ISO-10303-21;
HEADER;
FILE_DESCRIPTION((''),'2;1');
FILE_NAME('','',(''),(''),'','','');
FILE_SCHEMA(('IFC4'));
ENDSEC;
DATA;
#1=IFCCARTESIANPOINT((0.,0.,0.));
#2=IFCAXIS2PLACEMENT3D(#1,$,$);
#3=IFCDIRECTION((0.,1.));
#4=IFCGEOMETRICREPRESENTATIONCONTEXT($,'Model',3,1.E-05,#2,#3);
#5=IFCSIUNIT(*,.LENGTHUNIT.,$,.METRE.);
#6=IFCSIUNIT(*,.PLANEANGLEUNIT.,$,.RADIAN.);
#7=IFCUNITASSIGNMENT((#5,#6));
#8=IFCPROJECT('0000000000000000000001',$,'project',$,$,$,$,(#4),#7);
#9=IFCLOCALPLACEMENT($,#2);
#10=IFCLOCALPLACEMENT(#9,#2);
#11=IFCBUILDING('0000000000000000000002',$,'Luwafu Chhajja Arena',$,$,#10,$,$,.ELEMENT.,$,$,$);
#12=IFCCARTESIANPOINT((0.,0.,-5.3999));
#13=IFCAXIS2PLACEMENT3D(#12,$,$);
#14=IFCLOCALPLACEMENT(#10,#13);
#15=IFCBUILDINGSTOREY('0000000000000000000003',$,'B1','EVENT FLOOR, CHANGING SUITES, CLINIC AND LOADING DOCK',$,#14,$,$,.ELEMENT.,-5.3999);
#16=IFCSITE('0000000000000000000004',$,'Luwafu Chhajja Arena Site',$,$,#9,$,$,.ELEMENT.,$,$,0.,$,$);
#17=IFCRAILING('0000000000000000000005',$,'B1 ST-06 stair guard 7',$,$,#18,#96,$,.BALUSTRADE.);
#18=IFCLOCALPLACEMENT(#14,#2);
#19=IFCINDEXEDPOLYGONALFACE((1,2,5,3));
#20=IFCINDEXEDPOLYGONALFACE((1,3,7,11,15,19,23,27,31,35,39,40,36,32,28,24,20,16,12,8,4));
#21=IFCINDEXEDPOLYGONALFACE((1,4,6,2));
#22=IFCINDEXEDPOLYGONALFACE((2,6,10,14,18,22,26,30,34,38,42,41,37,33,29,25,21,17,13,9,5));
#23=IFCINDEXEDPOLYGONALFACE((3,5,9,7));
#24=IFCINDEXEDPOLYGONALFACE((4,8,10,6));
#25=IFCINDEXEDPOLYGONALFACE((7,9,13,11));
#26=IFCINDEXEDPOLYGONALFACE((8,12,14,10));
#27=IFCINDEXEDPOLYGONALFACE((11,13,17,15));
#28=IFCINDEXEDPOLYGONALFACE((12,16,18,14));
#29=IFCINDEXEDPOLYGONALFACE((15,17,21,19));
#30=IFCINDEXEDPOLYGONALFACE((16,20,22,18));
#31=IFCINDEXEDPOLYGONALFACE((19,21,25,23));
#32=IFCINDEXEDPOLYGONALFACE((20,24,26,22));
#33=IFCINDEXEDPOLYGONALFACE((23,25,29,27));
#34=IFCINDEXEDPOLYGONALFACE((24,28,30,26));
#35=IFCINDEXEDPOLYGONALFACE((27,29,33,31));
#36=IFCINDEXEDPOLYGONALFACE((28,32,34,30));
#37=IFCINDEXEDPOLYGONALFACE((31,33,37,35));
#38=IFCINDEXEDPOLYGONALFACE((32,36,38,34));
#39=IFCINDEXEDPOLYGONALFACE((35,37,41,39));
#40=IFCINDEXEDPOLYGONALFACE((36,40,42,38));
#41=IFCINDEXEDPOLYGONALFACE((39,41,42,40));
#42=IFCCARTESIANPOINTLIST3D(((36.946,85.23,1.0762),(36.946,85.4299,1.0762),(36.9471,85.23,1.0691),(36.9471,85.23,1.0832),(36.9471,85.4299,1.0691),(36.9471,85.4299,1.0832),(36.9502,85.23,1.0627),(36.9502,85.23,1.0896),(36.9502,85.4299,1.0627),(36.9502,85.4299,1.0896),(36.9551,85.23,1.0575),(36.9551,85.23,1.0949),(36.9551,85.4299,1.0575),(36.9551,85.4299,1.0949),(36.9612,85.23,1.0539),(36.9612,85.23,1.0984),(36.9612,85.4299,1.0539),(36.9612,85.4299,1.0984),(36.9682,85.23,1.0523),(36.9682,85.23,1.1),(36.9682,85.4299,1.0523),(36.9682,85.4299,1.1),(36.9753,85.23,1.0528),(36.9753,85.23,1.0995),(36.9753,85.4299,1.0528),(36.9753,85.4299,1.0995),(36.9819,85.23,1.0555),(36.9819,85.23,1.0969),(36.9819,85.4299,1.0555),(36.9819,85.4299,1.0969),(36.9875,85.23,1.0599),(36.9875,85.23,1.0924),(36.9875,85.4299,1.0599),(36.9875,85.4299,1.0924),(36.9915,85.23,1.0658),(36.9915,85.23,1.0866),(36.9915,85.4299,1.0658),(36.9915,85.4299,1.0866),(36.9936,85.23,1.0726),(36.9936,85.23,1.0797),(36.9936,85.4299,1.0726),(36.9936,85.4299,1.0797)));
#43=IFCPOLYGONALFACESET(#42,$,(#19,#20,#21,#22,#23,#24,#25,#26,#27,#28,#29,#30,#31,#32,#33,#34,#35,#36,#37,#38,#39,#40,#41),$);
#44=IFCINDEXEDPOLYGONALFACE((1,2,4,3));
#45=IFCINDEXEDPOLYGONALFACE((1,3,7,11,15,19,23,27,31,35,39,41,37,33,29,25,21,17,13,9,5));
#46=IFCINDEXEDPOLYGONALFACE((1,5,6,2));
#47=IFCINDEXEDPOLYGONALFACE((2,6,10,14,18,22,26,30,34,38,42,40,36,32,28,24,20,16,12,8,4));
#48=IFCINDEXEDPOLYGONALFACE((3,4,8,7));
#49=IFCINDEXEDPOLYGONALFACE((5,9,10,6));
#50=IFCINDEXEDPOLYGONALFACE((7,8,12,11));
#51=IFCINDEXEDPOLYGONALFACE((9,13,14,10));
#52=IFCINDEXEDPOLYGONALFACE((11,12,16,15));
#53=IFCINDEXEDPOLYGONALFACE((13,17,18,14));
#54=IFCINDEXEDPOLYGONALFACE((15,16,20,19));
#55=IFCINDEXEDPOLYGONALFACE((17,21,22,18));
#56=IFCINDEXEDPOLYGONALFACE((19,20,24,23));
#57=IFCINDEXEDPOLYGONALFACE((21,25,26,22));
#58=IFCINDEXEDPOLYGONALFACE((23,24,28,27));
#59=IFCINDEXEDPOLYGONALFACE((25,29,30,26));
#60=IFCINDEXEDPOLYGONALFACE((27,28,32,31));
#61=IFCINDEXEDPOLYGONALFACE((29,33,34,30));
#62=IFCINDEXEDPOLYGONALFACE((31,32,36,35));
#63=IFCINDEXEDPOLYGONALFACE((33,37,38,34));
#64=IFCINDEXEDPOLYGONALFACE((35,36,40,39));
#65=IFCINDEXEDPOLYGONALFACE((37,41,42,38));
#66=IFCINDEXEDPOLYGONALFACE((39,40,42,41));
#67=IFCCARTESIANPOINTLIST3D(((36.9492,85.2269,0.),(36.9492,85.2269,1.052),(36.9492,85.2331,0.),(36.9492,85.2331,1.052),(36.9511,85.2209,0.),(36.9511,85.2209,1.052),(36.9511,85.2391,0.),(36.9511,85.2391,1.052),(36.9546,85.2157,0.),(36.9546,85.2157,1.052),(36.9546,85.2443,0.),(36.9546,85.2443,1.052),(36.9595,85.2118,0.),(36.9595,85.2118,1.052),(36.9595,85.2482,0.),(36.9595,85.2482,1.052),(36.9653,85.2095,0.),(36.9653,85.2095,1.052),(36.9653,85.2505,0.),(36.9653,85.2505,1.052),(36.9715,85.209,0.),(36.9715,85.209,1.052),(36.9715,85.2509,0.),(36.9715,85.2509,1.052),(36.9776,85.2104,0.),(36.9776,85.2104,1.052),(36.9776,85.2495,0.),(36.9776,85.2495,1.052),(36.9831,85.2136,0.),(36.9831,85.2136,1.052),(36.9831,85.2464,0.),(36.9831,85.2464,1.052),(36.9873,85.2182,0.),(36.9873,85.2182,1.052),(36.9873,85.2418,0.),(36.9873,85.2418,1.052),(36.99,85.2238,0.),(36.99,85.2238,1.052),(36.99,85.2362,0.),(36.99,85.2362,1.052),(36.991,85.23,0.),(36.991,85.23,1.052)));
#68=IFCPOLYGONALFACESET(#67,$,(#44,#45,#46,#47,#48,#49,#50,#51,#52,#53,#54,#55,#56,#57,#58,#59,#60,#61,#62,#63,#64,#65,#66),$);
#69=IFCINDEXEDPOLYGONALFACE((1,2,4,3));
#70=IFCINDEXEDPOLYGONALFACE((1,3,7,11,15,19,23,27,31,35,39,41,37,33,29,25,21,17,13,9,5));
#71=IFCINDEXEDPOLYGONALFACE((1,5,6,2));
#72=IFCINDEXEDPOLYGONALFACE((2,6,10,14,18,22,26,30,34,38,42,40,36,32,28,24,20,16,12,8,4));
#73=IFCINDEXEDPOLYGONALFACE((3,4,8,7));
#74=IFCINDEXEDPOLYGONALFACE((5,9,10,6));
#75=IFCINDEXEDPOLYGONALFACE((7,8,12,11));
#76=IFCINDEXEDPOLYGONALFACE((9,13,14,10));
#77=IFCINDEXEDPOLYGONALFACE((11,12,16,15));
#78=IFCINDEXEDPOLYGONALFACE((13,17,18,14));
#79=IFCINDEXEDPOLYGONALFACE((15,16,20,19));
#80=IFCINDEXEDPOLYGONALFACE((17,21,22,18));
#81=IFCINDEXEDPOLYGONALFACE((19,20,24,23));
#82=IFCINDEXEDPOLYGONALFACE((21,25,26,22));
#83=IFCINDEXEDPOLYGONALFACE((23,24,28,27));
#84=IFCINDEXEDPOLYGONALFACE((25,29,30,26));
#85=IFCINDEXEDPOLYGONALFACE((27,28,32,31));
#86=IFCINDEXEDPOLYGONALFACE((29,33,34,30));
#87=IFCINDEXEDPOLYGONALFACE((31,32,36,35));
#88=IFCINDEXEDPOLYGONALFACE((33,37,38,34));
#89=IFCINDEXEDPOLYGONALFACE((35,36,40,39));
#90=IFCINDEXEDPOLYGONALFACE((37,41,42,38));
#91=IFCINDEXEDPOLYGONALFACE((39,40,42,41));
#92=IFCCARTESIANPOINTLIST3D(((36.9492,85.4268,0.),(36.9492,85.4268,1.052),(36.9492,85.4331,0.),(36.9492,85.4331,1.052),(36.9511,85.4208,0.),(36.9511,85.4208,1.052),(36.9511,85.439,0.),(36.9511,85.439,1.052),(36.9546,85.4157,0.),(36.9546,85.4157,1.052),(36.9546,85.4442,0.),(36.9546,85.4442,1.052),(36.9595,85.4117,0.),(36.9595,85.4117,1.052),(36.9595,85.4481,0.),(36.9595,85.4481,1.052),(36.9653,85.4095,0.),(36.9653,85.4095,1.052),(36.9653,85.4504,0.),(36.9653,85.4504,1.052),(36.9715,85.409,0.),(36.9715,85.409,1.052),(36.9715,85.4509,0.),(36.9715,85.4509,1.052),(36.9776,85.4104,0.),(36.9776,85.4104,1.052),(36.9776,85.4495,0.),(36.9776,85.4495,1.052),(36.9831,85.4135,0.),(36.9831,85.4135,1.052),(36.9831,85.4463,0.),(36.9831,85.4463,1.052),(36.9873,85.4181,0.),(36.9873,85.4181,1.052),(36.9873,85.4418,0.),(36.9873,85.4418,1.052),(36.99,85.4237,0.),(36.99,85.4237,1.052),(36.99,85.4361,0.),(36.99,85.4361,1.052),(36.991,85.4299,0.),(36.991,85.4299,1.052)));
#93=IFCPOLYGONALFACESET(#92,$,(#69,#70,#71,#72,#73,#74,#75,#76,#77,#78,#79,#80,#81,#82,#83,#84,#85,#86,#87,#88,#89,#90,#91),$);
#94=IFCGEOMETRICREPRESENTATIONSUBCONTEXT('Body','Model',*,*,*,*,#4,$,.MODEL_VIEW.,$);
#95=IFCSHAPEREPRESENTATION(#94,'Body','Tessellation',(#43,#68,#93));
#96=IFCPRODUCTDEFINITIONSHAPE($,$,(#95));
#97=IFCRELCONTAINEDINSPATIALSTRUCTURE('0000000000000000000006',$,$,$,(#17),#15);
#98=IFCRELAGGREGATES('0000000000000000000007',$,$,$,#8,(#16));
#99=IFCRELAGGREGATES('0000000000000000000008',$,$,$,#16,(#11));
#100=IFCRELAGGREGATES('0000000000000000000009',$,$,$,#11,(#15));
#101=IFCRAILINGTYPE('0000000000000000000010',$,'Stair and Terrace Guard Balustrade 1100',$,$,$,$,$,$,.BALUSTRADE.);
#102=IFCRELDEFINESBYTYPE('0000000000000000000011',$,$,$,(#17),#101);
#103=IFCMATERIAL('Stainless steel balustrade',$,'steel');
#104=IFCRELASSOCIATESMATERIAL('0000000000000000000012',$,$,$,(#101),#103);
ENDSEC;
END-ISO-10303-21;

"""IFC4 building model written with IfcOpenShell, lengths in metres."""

from ifc_helpers import new_model, si_unit, direction, frame, origin, origin_2d, place, context, subcontext, project, spatial, circle, extrude, material, type_object, element, save


model = new_model("IFC4")

# Units and contexts
model_context = context("Model", 3, precision=1e-05, world=origin(), true_north=direction((0.0, 1.0)))
body_context = subcontext(model_context, "Body", "Model", "MODEL_VIEW")
ifc_project = project(units=[si_unit("LENGTHUNIT", "METRE"), si_unit("PLANEANGLEUNIT", "RADIAN")], contexts=[model_context])

# Site, building, storey
site_placement = place(None, origin())
site = spatial("IfcSite", under=ifc_project, at=site_placement, Name="Luwafu Chhajja Arena Site", CompositionType="ELEMENT", RefElevation=0.0)
building_placement = place(site_placement, origin())
building = spatial("IfcBuilding", under=site, at=building_placement, Name="Luwafu Chhajja Arena", CompositionType="ELEMENT")
storey_placement = place(building_placement, frame((0.0, 0.0, -5.3999)))
storey = spatial("IfcBuildingStorey", under=building, at=storey_placement, Name="B1", Description="EVENT FLOOR, CHANGING SUITES, CLINIC AND LOADING DOCK", CompositionType="ELEMENT", Elevation=-5.3999)

# Railing
ifc_material_1 = material(Name="Stainless steel balustrade", Category="steel")
railing_type_1 = type_object("IfcRailingType", Name="Stair and Terrace Guard Balustrade 1100", PredefinedType="BALUSTRADE", material=ifc_material_1)
railing_1_placement = place(storey_placement, frame((36.97, 85.23, 0.0)))
element("IfcRailing", 1, at=railing_1_placement, inside=storey, type_object=railing_type_1, Name="B1 ST-06 stair guard 7", PredefinedType="BALUSTRADE", context=body_context, shape_type="SweptSolid", body=[
    extrude(circle(Radius=0.0239, at=origin_2d()), frame((0.0, 0.0, 1.0762), z_axis=(0.0, 1.0, 0.0), x_axis=(-1.0, 0.0, 0.0)), (0.0, 0.0, 1.0), 0.2),
    extrude(circle(Radius=0.021, at=origin_2d()), origin(), (0.0, 0.0, 1.0), 1.052),
    extrude(circle(Radius=0.021, at=origin_2d()), frame((0.0, 0.2, 0.0)), (0.0, 0.0, 1.0), 1.052),
])

save(model, "model.ifc")
